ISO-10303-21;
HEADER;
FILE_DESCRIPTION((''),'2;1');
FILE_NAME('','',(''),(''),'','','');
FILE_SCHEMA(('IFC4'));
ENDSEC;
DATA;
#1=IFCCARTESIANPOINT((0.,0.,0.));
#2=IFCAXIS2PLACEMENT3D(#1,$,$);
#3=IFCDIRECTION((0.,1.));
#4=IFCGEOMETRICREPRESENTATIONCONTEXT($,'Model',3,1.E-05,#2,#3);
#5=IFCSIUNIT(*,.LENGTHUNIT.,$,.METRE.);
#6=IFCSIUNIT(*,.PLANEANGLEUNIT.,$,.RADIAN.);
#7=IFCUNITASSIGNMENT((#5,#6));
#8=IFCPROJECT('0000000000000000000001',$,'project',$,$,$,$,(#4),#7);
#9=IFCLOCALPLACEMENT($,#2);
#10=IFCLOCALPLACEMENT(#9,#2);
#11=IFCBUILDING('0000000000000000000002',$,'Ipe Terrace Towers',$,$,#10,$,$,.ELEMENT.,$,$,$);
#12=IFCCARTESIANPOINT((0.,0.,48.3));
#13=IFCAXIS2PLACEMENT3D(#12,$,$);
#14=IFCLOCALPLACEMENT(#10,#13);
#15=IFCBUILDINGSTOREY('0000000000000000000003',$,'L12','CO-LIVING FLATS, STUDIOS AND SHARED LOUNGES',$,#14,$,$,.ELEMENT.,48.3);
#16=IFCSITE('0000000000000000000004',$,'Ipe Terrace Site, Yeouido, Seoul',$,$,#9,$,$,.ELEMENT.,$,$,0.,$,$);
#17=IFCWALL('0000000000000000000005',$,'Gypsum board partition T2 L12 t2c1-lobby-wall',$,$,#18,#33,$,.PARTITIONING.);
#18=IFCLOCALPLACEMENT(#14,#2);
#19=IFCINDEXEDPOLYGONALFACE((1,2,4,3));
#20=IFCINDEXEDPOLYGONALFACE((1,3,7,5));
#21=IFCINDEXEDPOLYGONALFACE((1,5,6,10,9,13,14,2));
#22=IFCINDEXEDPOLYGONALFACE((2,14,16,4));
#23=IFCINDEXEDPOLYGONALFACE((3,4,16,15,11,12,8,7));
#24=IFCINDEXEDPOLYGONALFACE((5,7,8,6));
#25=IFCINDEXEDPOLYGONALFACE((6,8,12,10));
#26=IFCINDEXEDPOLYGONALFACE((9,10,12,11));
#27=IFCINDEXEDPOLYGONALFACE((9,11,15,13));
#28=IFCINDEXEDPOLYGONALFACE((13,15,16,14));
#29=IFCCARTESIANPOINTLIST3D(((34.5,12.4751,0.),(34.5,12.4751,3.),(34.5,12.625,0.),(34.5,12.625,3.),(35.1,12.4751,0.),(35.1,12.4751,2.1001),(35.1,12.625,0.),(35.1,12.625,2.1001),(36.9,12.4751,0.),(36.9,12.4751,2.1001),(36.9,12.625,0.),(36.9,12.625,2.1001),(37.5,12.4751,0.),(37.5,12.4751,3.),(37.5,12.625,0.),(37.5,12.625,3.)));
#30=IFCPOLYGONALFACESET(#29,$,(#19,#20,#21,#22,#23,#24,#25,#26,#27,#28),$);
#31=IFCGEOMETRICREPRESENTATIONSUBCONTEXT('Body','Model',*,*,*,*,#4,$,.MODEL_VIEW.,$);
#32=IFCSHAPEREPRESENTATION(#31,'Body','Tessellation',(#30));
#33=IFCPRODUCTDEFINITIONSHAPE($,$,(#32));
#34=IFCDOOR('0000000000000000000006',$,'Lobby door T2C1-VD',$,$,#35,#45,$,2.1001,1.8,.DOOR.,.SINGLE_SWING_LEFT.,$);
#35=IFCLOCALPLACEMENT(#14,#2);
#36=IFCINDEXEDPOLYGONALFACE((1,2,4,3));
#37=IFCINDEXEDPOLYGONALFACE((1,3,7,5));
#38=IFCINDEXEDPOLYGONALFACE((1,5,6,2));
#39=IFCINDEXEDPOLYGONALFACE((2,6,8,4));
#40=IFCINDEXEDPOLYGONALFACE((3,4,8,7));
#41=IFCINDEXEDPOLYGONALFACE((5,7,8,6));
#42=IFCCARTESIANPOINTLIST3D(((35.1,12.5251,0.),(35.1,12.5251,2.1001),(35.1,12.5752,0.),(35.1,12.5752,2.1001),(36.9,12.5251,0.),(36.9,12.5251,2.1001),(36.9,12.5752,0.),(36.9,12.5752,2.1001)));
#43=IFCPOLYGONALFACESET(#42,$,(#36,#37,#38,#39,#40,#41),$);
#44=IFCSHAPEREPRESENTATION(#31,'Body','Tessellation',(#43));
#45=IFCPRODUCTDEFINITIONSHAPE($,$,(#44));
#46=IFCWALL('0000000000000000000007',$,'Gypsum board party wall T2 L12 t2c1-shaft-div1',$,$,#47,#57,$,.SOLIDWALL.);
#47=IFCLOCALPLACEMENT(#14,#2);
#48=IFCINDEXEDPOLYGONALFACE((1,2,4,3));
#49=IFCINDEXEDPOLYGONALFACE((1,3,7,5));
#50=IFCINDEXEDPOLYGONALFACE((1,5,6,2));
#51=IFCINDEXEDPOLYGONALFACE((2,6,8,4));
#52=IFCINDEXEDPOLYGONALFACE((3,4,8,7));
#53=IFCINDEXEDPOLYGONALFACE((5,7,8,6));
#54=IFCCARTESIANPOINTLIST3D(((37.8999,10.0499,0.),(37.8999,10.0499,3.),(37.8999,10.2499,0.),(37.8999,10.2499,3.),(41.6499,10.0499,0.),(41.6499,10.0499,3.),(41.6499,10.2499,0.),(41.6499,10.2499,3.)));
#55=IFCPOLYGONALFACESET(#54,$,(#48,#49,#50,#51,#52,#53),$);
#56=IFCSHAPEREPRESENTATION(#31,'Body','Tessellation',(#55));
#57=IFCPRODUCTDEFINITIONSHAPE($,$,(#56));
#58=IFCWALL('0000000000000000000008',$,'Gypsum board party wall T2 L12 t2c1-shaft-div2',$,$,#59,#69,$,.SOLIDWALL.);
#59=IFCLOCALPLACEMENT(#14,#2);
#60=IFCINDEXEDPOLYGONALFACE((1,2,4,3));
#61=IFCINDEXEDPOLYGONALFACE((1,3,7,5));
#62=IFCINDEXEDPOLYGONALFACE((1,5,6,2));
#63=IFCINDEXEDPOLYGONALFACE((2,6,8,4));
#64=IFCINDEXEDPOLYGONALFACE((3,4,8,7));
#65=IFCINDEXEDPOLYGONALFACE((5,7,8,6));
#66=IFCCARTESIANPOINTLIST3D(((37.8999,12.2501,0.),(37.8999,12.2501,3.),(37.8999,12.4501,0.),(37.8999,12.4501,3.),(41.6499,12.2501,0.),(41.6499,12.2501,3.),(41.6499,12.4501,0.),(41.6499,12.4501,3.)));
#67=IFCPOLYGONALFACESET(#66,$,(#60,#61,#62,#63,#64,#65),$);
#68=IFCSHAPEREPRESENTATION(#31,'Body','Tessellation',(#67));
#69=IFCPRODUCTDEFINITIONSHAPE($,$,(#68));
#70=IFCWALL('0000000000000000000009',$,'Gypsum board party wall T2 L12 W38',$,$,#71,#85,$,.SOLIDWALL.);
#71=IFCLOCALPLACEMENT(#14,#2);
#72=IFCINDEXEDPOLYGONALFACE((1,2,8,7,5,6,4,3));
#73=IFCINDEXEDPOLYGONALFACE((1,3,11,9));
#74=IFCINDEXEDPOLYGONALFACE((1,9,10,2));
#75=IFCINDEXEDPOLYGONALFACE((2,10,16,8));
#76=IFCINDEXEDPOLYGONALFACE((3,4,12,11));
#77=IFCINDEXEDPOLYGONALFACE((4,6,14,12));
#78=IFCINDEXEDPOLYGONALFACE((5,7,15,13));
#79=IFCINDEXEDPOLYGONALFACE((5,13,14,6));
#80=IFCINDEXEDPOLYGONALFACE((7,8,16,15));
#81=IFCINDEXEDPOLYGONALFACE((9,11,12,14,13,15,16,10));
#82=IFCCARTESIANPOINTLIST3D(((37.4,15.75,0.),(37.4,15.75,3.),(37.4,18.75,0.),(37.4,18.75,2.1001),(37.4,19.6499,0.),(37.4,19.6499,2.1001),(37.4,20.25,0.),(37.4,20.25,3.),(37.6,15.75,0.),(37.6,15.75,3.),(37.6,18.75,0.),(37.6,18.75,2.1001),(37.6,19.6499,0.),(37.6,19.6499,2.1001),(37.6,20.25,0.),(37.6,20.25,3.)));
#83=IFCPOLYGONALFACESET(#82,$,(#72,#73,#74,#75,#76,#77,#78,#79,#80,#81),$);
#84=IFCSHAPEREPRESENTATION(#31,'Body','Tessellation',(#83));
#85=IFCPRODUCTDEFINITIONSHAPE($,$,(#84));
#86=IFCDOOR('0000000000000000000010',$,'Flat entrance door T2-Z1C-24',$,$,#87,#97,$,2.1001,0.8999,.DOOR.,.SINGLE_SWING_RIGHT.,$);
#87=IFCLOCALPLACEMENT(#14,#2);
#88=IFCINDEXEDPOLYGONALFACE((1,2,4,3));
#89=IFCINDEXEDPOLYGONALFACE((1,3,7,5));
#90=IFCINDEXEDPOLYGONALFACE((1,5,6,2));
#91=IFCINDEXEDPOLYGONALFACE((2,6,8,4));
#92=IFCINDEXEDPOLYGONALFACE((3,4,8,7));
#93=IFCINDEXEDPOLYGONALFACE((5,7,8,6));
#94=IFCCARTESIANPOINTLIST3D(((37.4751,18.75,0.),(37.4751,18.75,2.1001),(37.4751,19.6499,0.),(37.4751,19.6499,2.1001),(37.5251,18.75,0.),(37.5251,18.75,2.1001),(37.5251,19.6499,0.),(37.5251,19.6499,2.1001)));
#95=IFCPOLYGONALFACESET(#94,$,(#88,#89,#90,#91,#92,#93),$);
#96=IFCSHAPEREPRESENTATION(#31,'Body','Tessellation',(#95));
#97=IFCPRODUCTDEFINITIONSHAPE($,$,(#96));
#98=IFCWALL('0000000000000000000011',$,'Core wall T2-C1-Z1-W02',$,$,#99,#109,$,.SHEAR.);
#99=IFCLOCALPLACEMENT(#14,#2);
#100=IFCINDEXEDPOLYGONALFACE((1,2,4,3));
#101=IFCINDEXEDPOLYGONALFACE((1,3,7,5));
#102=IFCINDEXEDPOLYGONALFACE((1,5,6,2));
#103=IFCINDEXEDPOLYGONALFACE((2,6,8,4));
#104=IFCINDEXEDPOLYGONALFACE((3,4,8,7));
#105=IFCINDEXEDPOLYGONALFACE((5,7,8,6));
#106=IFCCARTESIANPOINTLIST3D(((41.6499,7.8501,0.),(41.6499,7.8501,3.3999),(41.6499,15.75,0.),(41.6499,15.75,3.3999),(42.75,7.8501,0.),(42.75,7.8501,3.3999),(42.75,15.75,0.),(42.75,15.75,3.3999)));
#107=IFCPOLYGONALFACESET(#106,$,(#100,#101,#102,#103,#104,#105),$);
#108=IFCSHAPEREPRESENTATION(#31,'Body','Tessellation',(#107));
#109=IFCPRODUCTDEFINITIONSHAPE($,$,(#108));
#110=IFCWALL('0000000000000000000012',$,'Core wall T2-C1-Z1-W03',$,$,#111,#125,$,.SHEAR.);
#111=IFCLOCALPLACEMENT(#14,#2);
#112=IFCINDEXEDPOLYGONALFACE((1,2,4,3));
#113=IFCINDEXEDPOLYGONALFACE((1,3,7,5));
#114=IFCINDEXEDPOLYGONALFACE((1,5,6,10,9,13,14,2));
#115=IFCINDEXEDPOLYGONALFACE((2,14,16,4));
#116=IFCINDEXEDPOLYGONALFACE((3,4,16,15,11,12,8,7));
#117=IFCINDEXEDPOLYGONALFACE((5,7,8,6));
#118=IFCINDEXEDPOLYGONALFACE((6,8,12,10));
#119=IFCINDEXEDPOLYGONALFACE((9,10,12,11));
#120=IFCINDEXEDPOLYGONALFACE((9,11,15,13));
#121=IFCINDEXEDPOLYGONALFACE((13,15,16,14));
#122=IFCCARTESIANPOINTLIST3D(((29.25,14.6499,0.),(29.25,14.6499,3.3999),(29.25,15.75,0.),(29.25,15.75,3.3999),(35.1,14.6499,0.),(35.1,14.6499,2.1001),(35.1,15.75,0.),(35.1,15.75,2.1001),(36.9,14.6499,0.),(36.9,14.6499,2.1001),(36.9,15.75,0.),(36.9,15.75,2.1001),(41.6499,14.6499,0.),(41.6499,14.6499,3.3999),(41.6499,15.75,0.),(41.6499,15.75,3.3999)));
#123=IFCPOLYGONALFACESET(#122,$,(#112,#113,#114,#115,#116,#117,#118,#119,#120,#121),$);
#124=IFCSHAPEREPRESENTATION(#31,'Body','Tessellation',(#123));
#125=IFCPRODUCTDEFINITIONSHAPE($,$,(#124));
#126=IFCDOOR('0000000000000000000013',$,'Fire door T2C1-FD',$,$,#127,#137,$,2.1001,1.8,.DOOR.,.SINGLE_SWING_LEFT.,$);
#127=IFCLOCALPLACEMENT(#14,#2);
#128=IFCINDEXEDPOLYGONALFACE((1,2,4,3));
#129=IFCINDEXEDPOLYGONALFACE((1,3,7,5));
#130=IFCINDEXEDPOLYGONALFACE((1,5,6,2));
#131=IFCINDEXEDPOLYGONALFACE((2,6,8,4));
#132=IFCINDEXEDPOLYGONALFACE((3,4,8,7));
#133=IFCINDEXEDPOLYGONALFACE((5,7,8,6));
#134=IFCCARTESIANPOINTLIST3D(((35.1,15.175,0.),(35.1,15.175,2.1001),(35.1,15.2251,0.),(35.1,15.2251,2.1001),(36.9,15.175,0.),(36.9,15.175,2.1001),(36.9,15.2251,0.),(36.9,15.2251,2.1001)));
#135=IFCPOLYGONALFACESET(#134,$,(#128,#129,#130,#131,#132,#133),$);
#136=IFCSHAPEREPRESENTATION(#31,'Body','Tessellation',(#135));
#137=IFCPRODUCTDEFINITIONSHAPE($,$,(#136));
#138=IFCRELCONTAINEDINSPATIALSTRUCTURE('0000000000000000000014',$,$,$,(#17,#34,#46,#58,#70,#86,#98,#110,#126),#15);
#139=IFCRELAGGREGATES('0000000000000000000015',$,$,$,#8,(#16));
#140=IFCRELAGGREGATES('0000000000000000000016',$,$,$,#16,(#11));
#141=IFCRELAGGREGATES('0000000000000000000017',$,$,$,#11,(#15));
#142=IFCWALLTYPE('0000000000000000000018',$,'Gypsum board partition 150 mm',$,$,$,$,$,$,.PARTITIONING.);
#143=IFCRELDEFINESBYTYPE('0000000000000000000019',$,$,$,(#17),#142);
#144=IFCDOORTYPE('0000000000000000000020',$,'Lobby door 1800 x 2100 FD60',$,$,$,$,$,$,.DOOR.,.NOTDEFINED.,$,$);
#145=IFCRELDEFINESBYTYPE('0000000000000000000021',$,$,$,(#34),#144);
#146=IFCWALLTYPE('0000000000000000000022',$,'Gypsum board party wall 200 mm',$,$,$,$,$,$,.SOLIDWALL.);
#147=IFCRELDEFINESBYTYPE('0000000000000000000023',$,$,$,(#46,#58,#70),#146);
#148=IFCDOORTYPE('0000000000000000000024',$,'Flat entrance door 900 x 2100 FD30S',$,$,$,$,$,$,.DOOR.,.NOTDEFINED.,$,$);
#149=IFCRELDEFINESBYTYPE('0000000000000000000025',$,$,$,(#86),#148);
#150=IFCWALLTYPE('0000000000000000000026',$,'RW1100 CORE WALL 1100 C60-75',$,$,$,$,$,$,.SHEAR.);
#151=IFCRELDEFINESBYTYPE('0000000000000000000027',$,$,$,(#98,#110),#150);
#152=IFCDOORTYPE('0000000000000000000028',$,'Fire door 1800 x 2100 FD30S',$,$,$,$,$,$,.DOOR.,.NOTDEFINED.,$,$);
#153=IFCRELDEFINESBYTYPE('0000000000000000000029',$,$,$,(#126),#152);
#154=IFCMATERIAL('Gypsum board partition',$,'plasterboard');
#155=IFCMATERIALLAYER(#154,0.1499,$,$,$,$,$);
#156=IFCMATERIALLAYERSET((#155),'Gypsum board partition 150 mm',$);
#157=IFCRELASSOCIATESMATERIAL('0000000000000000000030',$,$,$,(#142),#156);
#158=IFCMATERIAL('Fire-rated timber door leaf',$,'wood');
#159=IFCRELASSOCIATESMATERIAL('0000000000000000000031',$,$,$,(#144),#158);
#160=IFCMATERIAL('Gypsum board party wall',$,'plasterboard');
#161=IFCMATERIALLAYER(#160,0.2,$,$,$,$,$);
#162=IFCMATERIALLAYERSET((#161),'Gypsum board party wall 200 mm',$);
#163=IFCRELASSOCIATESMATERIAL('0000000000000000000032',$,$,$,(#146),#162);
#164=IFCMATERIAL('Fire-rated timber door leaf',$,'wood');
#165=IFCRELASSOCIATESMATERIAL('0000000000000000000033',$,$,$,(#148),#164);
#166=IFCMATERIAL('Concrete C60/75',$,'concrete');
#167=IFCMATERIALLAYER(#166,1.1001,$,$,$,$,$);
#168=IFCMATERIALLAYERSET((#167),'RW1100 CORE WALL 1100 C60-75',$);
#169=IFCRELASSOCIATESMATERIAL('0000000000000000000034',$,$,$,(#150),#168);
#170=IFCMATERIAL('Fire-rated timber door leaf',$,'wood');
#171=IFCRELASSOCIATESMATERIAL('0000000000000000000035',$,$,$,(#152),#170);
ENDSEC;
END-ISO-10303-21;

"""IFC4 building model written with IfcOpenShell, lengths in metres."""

from ifc_helpers import new_model, si_unit, direction, frame, frame_2d, origin, place, context, subcontext, project, spatial, rectangle, extrude, material, layer, layer_set, type_object, element, fill, save


model = new_model("IFC4")

# Units and contexts
model_context = context("Model", 3, precision=1e-05, world=origin(), true_north=direction((0.0, 1.0)))
body_context = subcontext(model_context, "Body", "Model", "MODEL_VIEW")
ifc_project = project(units=[si_unit("LENGTHUNIT", "METRE"), si_unit("PLANEANGLEUNIT", "RADIAN")], contexts=[model_context])

# Site, building, storey
site_placement = place(None, origin())
site = spatial("IfcSite", under=ifc_project, at=site_placement, Name="Ipe Terrace Site, Yeouido, Seoul", CompositionType="ELEMENT", RefElevation=0.0)
building_placement = place(site_placement, origin())
building = spatial("IfcBuilding", under=site, at=building_placement, Name="Ipe Terrace Towers", CompositionType="ELEMENT")
storey_placement = place(building_placement, frame((0.0, 0.0, 48.3)))
storey = spatial("IfcBuildingStorey", under=building, at=storey_placement, Name="L12", Description="CO-LIVING FLATS, STUDIOS AND SHARED LOUNGES", CompositionType="ELEMENT", Elevation=48.3)

# Wall, opening, door
ifc_material_1 = material(Name="Gypsum board partition", Category="plasterboard")
ifc_layer_1 = layer(ifc_material_1, 0.1499)
ifc_layer_set_1 = layer_set([ifc_layer_1], Name="Gypsum board partition 150 mm")
wall_type_1 = type_object("IfcWallType", Name="Gypsum board partition 150 mm", PredefinedType="PARTITIONING", material=ifc_layer_set_1)
wall_1_placement = place(storey_placement, frame((37.5, 12.55, 0.0), z_axis=(0.0, 0.0, 1.0), x_axis=(-1.0, 0.0, 0.0)))
wall_1 = element("IfcWall", 1, at=wall_1_placement, inside=storey, type_object=wall_type_1, Name="Gypsum board partition T2 L12 t2c1-lobby-wall", PredefinedType="PARTITIONING", context=body_context, shape_type="SweptSolid", body=[
    extrude(rectangle(XDim=3.0, YDim=0.1499, at=frame_2d((1.5, 0.0))), origin(), (0.0, 0.0, 1.0), 3.0),
])
opening_1_placement = place(wall_1_placement, frame((0.6001, 0.0, 0.0)))
opening_1 = element("IfcOpeningElement", 2, at=opening_1_placement, cuts=wall_1, PredefinedType="OPENING", context=body_context, shape_type="SweptSolid", body=[
    extrude(rectangle(XDim=1.8, YDim=2.1001, at=frame_2d((0.8999, 1.05))), frame((0.0, 0.085, 0.0), z_axis=(0.0, -1.0, 0.0), x_axis=(1.0, 0.0, 0.0)), (0.0, 0.0, 1.0), 0.1699),
])
ifc_material_2 = material(Name="Fire-rated timber door leaf", Category="wood")
door_type_1 = type_object("IfcDoorType", Name="Lobby door 1800 x 2100 FD60", OperationType="NOTDEFINED", PredefinedType="DOOR", material=ifc_material_2)
door_1_placement = place(opening_1_placement, origin())
door_1 = element("IfcDoor", 3, at=door_1_placement, inside=storey, type_object=door_type_1, Name="Lobby door T2C1-VD", OperationType="SINGLE_SWING_LEFT", OverallHeight=2.1001, OverallWidth=1.8, PredefinedType="DOOR", context=body_context, shape_type="SweptSolid", body=[
    extrude(rectangle(XDim=1.8, YDim=2.1001, at=frame_2d((0.8999, 1.05))), frame((0.0, 0.0249, 0.0), z_axis=(0.0, -1.0, 0.0), x_axis=(1.0, 0.0, 0.0)), (0.0, 0.0, 1.0), 0.05),
])
fill(opening_1, door_1)

# Walls
ifc_material_3 = material(Name="Gypsum board party wall", Category="plasterboard")
ifc_layer_2 = layer(ifc_material_3, 0.2)
ifc_layer_set_2 = layer_set([ifc_layer_2], Name="Gypsum board party wall 200 mm")
wall_type_2 = type_object("IfcWallType", Name="Gypsum board party wall 200 mm", PredefinedType="SOLIDWALL", material=ifc_layer_set_2)
for number, where, z_axis, x_axis, name in (
    (4, (41.6499, 10.1499, 0.0), (0.0, 0.0, 1.0), (-1.0, 0.0, 0.0), "Gypsum board party wall T2 L12 t2c1-shaft-div1"),
    (5, (41.6499, 12.3501, 0.0), (0.0, 0.0, 1.0), (-1.0, 0.0, 0.0), "Gypsum board party wall T2 L12 t2c1-shaft-div2"),
):
    element("IfcWall", number, at=place(storey_placement, frame(where, z_axis=z_axis, x_axis=x_axis)), inside=storey, type_object=wall_type_2, Name=name, PredefinedType="SOLIDWALL", context=body_context, shape_type="SweptSolid", body=[
        extrude(rectangle(XDim=3.75, YDim=0.2, at=frame_2d((1.875, 0.0))), origin(), (0.0, 0.0, 1.0), 3.0),
    ])

# Wall, opening, door
wall_2_placement = place(storey_placement, frame((37.5, 15.75, 0.0), z_axis=(0.0, 0.0, 1.0), x_axis=(0.0, 1.0, 0.0)))
wall_2 = element("IfcWall", 6, at=wall_2_placement, inside=storey, type_object=wall_type_2, Name="Gypsum board party wall T2 L12 W38", PredefinedType="SOLIDWALL", context=body_context, shape_type="SweptSolid", body=[
    extrude(rectangle(XDim=4.5, YDim=0.2, at=frame_2d((2.25, 0.0))), origin(), (0.0, 0.0, 1.0), 3.0),
])
opening_2_placement = place(wall_2_placement, frame((3.0, 0.0, 0.0)))
opening_2 = element("IfcOpeningElement", 7, at=opening_2_placement, cuts=wall_2, PredefinedType="OPENING", context=body_context, shape_type="SweptSolid", body=[
    extrude(rectangle(XDim=0.8999, YDim=2.1001, at=frame_2d((0.45, 1.05))), frame((0.0, 0.1099, 0.0), z_axis=(0.0, -1.0, 0.0), x_axis=(1.0, 0.0, 0.0)), (0.0, 0.0, 1.0), 0.22),
])
ifc_material_4 = material(Name="Fire-rated timber door leaf", Category="wood")
door_type_2 = type_object("IfcDoorType", Name="Flat entrance door 900 x 2100 FD30S", OperationType="NOTDEFINED", PredefinedType="DOOR", material=ifc_material_4)
door_2_placement = place(opening_2_placement, origin())
door_2 = element("IfcDoor", 8, at=door_2_placement, inside=storey, type_object=door_type_2, Name="Flat entrance door T2-Z1C-24", OperationType="SINGLE_SWING_RIGHT", OverallHeight=2.1001, OverallWidth=0.8999, PredefinedType="DOOR", context=body_context, shape_type="SweptSolid", body=[
    extrude(rectangle(XDim=0.8999, YDim=2.1001, at=frame_2d((0.45, 1.05))), frame((0.0, 0.0249, 0.0), z_axis=(0.0, -1.0, 0.0), x_axis=(1.0, 0.0, 0.0)), (0.0, 0.0, 1.0), 0.05),
])
fill(opening_2, door_2)

# Wall
ifc_material_5 = material(Name="Concrete C60/75", Category="concrete")
ifc_layer_3 = layer(ifc_material_5, 1.1001)
ifc_layer_set_3 = layer_set([ifc_layer_3], Name="RW1100 CORE WALL 1100 C60-75")
wall_type_3 = type_object("IfcWallType", Name="RW1100 CORE WALL 1100 C60-75", PredefinedType="SHEAR", material=ifc_layer_set_3)
wall_3_placement = place(storey_placement, frame((42.2, 7.8501, 0.0), z_axis=(0.0, 0.0, 1.0), x_axis=(0.0, 1.0, 0.0)))
element("IfcWall", 9, at=wall_3_placement, inside=storey, type_object=wall_type_3, Name="Core wall T2-C1-Z1-W02", PredefinedType="SHEAR", context=body_context, shape_type="SweptSolid", body=[
    extrude(rectangle(XDim=7.8999, YDim=1.1001, at=frame_2d((3.95, 0.0))), origin(), (0.0, 0.0, 1.0), 3.3999),
])

# Wall, opening, door
wall_4_placement = place(storey_placement, frame((41.6499, 15.2, 0.0), z_axis=(0.0, 0.0, 1.0), x_axis=(-1.0, 0.0, 0.0)))
wall_4 = element("IfcWall", 10, at=wall_4_placement, inside=storey, type_object=wall_type_3, Name="Core wall T2-C1-Z1-W03", PredefinedType="SHEAR", context=body_context, shape_type="SweptSolid", body=[
    extrude(rectangle(XDim=12.3999, YDim=1.1001, at=frame_2d((6.2, 0.0))), origin(), (0.0, 0.0, 1.0), 3.3999),
])
opening_3_placement = place(wall_4_placement, frame((4.75, 0.0, 0.0)))
opening_3 = element("IfcOpeningElement", 11, at=opening_3_placement, cuts=wall_4, PredefinedType="OPENING", context=body_context, shape_type="SweptSolid", body=[
    extrude(rectangle(XDim=1.8, YDim=2.1001, at=frame_2d((0.8999, 1.05))), frame((0.0, 0.5601, 0.0), z_axis=(0.0, -1.0, 0.0), x_axis=(1.0, 0.0, 0.0)), (0.0, 0.0, 1.0), 1.1201),
])
ifc_material_6 = material(Name="Fire-rated timber door leaf", Category="wood")
door_type_3 = type_object("IfcDoorType", Name="Fire door 1800 x 2100 FD30S", OperationType="NOTDEFINED", PredefinedType="DOOR", material=ifc_material_6)
door_3_placement = place(opening_3_placement, origin())
door_3 = element("IfcDoor", 12, at=door_3_placement, inside=storey, type_object=door_type_3, Name="Fire door T2C1-FD", OperationType="SINGLE_SWING_LEFT", OverallHeight=2.1001, OverallWidth=1.8, PredefinedType="DOOR", context=body_context, shape_type="SweptSolid", body=[
    extrude(rectangle(XDim=1.8, YDim=2.1001, at=frame_2d((0.8999, 1.05))), frame((0.0, 0.0249, 0.0), z_axis=(0.0, -1.0, 0.0), x_axis=(1.0, 0.0, 0.0)), (0.0, 0.0, 1.0), 0.05),
])
fill(opening_3, door_3)

save(model, "model.ifc")
